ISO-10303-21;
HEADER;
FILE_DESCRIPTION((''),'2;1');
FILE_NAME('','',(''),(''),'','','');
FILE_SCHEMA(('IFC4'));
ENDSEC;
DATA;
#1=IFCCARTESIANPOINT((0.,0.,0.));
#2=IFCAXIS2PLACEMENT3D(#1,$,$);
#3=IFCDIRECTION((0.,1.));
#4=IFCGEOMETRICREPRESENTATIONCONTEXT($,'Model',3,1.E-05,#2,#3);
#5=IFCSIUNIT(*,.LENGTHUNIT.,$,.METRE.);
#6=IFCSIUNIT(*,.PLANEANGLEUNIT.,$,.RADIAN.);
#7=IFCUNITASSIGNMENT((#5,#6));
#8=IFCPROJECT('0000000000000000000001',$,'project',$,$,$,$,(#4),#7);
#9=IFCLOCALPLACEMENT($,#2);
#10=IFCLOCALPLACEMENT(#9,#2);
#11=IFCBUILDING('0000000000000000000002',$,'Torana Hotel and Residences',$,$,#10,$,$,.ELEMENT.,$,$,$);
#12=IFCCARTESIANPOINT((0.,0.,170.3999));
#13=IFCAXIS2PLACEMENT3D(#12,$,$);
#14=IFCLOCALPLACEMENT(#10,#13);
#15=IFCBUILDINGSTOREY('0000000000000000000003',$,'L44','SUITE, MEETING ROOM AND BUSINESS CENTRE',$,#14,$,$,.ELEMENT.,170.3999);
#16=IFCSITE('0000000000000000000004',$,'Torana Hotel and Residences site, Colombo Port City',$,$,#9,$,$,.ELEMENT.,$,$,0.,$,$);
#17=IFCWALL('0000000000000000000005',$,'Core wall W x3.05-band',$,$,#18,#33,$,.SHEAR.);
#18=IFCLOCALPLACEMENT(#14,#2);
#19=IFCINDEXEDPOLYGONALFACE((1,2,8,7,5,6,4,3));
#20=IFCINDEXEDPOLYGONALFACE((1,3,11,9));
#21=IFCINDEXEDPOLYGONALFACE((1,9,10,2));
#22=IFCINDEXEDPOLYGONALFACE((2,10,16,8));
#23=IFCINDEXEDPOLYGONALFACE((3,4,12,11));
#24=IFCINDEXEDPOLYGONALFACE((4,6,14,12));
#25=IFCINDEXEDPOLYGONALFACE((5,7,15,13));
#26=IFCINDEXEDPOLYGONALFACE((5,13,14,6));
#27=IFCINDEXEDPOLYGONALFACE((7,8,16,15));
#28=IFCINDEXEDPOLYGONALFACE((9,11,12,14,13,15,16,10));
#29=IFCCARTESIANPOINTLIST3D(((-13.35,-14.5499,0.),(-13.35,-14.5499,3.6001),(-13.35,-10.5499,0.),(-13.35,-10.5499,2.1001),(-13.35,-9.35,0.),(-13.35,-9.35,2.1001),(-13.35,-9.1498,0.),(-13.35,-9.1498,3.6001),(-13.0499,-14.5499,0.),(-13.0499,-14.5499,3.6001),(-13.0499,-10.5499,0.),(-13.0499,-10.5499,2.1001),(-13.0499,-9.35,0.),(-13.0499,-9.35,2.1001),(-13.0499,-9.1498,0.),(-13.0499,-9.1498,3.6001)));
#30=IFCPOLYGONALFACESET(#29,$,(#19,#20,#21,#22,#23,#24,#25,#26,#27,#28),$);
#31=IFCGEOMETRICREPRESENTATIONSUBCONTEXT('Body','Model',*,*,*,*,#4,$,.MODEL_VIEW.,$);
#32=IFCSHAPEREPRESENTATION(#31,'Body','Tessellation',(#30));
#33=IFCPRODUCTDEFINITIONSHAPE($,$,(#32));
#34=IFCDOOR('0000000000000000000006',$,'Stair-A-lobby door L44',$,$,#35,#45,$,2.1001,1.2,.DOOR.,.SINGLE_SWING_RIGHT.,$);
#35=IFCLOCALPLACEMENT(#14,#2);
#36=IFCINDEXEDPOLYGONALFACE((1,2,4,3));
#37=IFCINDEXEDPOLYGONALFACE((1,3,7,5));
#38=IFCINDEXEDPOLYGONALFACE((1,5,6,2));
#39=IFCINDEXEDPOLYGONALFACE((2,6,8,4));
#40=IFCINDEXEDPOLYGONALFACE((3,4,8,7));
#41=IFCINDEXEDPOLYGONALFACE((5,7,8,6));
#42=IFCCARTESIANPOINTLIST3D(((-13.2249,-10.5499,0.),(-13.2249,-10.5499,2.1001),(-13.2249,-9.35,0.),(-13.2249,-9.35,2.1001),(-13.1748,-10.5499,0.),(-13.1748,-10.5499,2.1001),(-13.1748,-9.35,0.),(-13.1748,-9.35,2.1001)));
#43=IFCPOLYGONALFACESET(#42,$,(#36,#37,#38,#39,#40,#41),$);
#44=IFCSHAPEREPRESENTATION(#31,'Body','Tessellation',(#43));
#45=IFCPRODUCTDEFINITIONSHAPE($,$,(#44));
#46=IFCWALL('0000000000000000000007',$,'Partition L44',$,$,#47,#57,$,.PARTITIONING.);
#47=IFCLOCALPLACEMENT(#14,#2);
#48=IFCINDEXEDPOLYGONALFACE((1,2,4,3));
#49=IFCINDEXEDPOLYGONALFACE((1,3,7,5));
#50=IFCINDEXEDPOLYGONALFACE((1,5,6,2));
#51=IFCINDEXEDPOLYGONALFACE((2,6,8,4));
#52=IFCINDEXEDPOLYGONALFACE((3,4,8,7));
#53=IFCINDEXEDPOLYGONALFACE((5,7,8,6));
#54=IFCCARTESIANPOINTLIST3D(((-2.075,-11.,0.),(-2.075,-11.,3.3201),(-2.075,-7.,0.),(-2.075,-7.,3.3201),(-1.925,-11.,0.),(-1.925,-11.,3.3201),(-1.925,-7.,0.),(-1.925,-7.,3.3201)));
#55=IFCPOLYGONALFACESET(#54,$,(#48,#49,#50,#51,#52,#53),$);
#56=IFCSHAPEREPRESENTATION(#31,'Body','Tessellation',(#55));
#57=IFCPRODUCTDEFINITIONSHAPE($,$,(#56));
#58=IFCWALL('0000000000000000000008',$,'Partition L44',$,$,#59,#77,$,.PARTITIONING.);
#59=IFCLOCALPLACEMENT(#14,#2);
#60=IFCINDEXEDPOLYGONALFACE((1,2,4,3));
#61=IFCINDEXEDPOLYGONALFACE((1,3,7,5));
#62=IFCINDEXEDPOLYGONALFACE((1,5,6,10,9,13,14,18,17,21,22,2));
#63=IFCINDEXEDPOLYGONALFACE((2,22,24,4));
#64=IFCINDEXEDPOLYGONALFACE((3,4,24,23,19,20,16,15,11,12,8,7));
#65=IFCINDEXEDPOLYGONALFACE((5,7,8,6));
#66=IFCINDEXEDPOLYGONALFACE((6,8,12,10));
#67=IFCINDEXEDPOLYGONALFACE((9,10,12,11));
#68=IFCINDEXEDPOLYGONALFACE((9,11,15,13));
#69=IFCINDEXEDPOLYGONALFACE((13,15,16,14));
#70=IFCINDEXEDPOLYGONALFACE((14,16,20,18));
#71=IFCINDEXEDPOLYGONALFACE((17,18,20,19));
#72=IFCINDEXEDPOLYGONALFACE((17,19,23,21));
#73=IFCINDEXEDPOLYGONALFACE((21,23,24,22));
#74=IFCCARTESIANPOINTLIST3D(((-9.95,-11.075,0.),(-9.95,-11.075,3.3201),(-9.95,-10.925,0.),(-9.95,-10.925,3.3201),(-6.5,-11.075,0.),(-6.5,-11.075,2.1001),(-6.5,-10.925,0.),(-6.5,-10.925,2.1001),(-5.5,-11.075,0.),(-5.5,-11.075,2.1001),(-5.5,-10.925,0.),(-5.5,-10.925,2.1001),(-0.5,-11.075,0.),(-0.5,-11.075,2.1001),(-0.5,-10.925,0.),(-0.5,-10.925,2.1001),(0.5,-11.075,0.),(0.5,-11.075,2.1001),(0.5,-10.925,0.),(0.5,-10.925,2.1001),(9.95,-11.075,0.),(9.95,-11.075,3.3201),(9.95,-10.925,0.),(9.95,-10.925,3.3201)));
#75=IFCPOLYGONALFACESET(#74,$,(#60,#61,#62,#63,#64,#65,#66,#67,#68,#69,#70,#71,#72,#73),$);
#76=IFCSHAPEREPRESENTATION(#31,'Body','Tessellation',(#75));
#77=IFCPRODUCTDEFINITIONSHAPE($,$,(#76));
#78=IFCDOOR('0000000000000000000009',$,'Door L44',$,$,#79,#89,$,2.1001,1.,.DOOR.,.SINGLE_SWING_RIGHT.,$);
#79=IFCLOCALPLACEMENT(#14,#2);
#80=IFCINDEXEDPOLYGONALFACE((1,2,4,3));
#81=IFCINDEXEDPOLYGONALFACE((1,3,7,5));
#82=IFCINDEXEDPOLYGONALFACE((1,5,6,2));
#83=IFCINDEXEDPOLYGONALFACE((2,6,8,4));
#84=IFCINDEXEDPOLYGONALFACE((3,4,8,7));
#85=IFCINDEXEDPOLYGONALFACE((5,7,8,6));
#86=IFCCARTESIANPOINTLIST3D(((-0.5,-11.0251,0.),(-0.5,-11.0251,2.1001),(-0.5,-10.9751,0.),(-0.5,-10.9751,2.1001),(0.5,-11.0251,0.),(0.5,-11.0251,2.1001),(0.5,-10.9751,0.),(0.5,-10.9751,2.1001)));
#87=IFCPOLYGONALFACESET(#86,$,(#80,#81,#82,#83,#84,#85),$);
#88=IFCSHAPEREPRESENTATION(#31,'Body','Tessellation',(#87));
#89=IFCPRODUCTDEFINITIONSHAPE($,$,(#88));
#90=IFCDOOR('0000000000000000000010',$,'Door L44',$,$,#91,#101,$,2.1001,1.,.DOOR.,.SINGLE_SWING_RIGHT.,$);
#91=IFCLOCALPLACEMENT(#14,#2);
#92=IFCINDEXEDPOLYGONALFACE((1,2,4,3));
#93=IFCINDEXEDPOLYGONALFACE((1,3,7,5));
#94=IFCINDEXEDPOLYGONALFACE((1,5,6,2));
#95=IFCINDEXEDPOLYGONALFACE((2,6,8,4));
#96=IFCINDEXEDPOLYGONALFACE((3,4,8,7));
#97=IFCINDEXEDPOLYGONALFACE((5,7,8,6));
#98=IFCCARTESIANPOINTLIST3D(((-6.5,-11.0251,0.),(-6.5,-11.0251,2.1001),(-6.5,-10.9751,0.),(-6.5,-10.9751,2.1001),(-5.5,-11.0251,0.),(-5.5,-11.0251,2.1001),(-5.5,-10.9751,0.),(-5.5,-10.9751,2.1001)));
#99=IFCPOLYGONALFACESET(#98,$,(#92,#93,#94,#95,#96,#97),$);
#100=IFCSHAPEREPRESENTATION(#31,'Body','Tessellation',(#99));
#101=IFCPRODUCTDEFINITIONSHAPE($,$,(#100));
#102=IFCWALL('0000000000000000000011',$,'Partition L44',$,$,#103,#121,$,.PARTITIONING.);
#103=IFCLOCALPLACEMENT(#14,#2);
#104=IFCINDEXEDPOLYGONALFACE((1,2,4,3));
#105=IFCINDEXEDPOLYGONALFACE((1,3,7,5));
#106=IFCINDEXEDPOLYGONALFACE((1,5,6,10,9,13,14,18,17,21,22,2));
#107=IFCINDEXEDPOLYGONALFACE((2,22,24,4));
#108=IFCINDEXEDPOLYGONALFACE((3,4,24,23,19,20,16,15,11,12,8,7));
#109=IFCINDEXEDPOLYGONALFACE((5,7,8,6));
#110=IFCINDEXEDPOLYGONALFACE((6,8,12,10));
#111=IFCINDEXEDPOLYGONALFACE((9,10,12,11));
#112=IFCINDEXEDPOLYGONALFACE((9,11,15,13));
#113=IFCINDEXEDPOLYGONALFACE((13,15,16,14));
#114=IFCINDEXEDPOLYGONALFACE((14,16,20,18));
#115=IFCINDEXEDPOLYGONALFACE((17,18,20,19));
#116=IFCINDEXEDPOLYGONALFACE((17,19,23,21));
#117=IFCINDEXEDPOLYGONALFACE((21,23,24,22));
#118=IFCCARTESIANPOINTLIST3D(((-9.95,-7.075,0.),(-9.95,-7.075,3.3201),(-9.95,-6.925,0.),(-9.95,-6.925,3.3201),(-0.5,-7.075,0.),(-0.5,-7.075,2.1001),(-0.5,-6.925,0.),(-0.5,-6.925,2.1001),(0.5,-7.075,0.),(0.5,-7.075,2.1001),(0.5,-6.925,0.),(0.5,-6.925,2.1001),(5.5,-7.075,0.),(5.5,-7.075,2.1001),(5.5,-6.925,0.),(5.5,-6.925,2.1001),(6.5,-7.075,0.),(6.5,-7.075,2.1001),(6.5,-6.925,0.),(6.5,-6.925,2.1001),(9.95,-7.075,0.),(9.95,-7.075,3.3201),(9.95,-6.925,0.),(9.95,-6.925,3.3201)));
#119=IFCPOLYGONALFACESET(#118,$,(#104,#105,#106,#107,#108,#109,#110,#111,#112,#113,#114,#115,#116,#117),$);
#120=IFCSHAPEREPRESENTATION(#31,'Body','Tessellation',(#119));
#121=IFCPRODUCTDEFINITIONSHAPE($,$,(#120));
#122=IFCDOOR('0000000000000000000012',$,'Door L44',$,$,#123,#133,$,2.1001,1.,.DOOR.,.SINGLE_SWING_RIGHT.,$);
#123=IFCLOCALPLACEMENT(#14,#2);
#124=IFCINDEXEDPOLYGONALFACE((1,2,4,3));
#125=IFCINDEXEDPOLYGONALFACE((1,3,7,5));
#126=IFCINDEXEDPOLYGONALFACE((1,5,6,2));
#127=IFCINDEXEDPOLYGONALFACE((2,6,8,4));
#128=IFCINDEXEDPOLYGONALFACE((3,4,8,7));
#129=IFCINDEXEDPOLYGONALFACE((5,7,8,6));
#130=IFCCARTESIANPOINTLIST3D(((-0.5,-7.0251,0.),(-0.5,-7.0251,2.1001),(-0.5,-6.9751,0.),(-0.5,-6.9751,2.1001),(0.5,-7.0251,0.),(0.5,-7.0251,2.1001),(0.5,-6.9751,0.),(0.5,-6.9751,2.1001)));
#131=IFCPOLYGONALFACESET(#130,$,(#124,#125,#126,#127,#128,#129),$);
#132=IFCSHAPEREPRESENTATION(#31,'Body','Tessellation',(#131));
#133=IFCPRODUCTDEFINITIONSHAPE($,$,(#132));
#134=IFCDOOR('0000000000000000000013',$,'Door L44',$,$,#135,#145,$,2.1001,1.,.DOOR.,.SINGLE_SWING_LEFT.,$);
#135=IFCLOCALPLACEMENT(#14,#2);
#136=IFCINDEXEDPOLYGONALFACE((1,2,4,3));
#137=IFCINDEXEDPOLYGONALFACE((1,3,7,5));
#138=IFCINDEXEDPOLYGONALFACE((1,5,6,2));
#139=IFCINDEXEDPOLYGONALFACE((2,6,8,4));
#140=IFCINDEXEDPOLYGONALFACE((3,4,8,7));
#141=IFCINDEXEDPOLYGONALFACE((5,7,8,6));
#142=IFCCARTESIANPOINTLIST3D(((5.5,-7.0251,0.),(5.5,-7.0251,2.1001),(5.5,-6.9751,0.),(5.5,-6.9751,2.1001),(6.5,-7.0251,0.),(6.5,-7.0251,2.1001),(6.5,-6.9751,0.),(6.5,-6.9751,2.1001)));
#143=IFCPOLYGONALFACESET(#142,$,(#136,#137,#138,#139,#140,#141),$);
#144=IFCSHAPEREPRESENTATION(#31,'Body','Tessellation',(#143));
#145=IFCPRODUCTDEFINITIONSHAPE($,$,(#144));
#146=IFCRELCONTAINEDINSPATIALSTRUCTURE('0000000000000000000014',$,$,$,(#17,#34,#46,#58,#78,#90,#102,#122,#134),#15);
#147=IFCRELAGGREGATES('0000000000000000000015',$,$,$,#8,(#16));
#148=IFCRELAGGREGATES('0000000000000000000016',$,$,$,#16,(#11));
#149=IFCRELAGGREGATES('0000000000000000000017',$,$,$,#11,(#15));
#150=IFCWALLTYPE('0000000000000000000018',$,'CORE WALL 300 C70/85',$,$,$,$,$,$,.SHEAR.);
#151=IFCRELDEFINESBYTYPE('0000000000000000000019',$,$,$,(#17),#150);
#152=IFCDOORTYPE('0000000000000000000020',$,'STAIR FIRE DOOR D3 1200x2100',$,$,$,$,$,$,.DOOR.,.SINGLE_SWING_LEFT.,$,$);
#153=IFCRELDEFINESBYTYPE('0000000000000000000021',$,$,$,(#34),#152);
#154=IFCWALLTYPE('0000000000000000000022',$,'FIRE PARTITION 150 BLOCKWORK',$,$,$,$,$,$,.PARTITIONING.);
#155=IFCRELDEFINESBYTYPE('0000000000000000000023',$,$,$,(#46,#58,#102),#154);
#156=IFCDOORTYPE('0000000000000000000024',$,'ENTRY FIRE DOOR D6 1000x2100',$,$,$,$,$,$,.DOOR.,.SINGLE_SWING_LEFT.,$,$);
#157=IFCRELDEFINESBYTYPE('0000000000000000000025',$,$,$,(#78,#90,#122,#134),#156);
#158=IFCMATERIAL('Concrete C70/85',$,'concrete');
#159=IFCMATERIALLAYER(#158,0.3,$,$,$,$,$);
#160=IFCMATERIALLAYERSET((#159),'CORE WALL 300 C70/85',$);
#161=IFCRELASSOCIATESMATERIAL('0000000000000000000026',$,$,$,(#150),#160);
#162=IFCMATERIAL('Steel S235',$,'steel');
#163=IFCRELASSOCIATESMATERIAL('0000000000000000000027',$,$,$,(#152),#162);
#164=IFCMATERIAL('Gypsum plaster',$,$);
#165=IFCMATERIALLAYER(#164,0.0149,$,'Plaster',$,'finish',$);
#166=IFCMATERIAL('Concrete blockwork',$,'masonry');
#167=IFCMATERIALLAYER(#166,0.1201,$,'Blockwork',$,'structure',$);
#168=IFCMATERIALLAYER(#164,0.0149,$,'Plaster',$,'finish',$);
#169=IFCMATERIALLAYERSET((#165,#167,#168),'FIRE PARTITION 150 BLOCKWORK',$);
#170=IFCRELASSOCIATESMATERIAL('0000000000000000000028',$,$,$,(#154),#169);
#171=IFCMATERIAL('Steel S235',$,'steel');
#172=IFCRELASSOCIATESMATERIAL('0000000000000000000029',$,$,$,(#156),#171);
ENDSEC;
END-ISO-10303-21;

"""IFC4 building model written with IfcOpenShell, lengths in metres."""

from ifc_helpers import new_model, si_unit, direction, frame, frame_2d, origin, place, context, subcontext, project, spatial, rectangle, extrude, material, layer, layer_set, type_object, element, fill, save


model = new_model("IFC4")

# Units and contexts
model_context = context("Model", 3, precision=1e-05, world=origin(), true_north=direction((0.0, 1.0)))
body_context = subcontext(model_context, "Body", "Model", "MODEL_VIEW")
ifc_project = project(units=[si_unit("LENGTHUNIT", "METRE"), si_unit("PLANEANGLEUNIT", "RADIAN")], contexts=[model_context])

# Site, building, storey
site_placement = place(None, origin())
site = spatial("IfcSite", under=ifc_project, at=site_placement, Name="Torana Hotel and Residences site, Colombo Port City", CompositionType="ELEMENT", RefElevation=0.0)
building_placement = place(site_placement, origin())
building = spatial("IfcBuilding", under=site, at=building_placement, Name="Torana Hotel and Residences", CompositionType="ELEMENT")
storey_placement = place(building_placement, frame((0.0, 0.0, 170.3999)))
storey = spatial("IfcBuildingStorey", under=building, at=storey_placement, Name="L44", Description="SUITE, MEETING ROOM AND BUSINESS CENTRE", CompositionType="ELEMENT", Elevation=170.3999)

# Shared definitions
ifc_material_1 = material(Name="Concrete C70/85", Category="concrete")
ifc_layer_1 = layer(ifc_material_1, 0.3)
ifc_layer_set_1 = layer_set([ifc_layer_1], Name="CORE WALL 300 C70/85")
wall_type_1 = type_object("IfcWallType", Name="CORE WALL 300 C70/85", PredefinedType="SHEAR", material=ifc_layer_set_1)

# Wall, opening, door
wall_1_placement = place(storey_placement, frame((-13.2, -14.55, 0.0), z_axis=(0.0, 0.0, 1.0), x_axis=(0.0, 1.0, 0.0)))
wall_1 = element("IfcWall", 1, at=wall_1_placement, inside=storey, type_object=wall_type_1, Name="Core wall W x3.05-band", PredefinedType="SHEAR", context=body_context, shape_type="SweptSolid", body=[
    extrude(rectangle(XDim=5.4001, YDim=0.3, at=frame_2d((2.7002, 0.0))), origin(), (0.0, 0.0, 1.0), 3.6001),
])
opening_1_placement = place(wall_1_placement, frame((4.0, 0.0, 0.0)))
opening_1 = element("IfcOpeningElement", 2, at=opening_1_placement, cuts=wall_1, PredefinedType="OPENING", context=body_context, shape_type="SweptSolid", body=[
    extrude(rectangle(XDim=1.2, YDim=2.1001, at=frame_2d((0.6001, 1.05))), frame((0.0, 0.1599, 0.0), z_axis=(0.0, -1.0, 0.0), x_axis=(1.0, 0.0, 0.0)), (0.0, 0.0, 1.0), 0.3201),
])
ifc_material_2 = material(Name="Steel S235", Category="steel")
door_type_1 = type_object("IfcDoorType", Name="STAIR FIRE DOOR D3 1200x2100", OperationType="SINGLE_SWING_LEFT", PredefinedType="DOOR", material=ifc_material_2)
door_1_placement = place(opening_1_placement, frame((0.6001, 0.0, 0.0), z_axis=(0.0, 0.0, 1.0), x_axis=(-1.0, 0.0, 0.0)))
door_1 = element("IfcDoor", 3, at=door_1_placement, inside=storey, type_object=door_type_1, Name="Stair-A-lobby door L44", OperationType="SINGLE_SWING_RIGHT", OverallHeight=2.1001, OverallWidth=1.2, PredefinedType="DOOR", context=body_context, shape_type="SweptSolid", body=[
    extrude(rectangle(XDim=1.2, YDim=2.1001, at=frame_2d((0.0, 1.05))), frame((0.0, -0.0249, 0.0), z_axis=(0.0, 1.0, 0.0), x_axis=(-1.0, 0.0, 0.0)), (0.0, 0.0, 1.0), 0.05),
])
fill(opening_1, door_1)

# Wall
ifc_material_3 = material(Name="Gypsum plaster")
ifc_layer_2 = layer(ifc_material_3, 0.0149, Name="Plaster", Category="finish")
ifc_material_4 = material(Name="Concrete blockwork", Category="masonry")
ifc_layer_3 = layer(ifc_material_4, 0.1201, Name="Blockwork", Category="structure")
ifc_layer_4 = layer(ifc_material_3, 0.0149, Name="Plaster", Category="finish")
ifc_layer_set_2 = layer_set([ifc_layer_2, ifc_layer_3, ifc_layer_4], Name="FIRE PARTITION 150 BLOCKWORK")
wall_type_2 = type_object("IfcWallType", Name="FIRE PARTITION 150 BLOCKWORK", PredefinedType="PARTITIONING", material=ifc_layer_set_2)
wall_2_placement = place(storey_placement, frame((-2.0, -11.0, 0.0), z_axis=(0.0, 0.0, 1.0), x_axis=(0.0, 1.0, 0.0)))
element("IfcWall", 4, at=wall_2_placement, inside=storey, type_object=wall_type_2, Name="Partition L44", PredefinedType="PARTITIONING", context=body_context, shape_type="SweptSolid", body=[
    extrude(rectangle(XDim=4.0, YDim=0.1499, at=frame_2d((2.0, 0.0))), origin(), (0.0, 0.0, 1.0), 3.3201),
])

# Walls, openings, doors
wall_3_placement = place(storey_placement, frame((-9.95, -11.0, 0.0), z_axis=(0.0, 0.0, 1.0), x_axis=(1.0, 0.0, 0.0)))
wall_3 = element("IfcWall", 5, at=wall_3_placement, inside=storey, type_object=wall_type_2, Name="Partition L44", PredefinedType="PARTITIONING", context=body_context, shape_type="SweptSolid", body=[
    extrude(rectangle(XDim=19.8999, YDim=0.1499, at=frame_2d((9.95, 0.0))), origin(), (0.0, 0.0, 1.0), 3.3201),
])
opening_2_placement = place(wall_3_placement, frame((9.45, 0.0, 0.0)))
opening_2 = element("IfcOpeningElement", 6, at=opening_2_placement, cuts=wall_3, PredefinedType="OPENING", context=body_context, shape_type="SweptSolid", body=[
    extrude(rectangle(XDim=1.0, YDim=2.1001, at=frame_2d((0.5, 1.05))), frame((0.0, 0.085, 0.0), z_axis=(0.0, -1.0, 0.0), x_axis=(1.0, 0.0, 0.0)), (0.0, 0.0, 1.0), 0.1699),
])
opening_3_placement = place(wall_3_placement, frame((3.45, 0.0, 0.0)))
opening_3 = element("IfcOpeningElement", 7, at=opening_3_placement, cuts=wall_3, PredefinedType="OPENING", context=body_context, shape_type="SweptSolid", body=[
    extrude(rectangle(XDim=1.0, YDim=2.1001, at=frame_2d((0.5, 1.05))), frame((0.0, 0.085, 0.0), z_axis=(0.0, -1.0, 0.0), x_axis=(1.0, 0.0, 0.0)), (0.0, 0.0, 1.0), 0.1699),
])
ifc_material_5 = material(Name="Steel S235", Category="steel")
door_type_2 = type_object("IfcDoorType", Name="ENTRY FIRE DOOR D6 1000x2100", OperationType="SINGLE_SWING_LEFT", PredefinedType="DOOR", material=ifc_material_5)
door_2_placement = place(opening_2_placement, origin())
door_2 = element("IfcDoor", 8, at=door_2_placement, inside=storey, type_object=door_type_2, Name="Door L44", OperationType="SINGLE_SWING_RIGHT", OverallHeight=2.1001, OverallWidth=1.0, PredefinedType="DOOR", context=body_context, shape_type="SweptSolid", body=[
    extrude(rectangle(XDim=1.0, YDim=2.1001, at=frame_2d((0.5, 1.05))), frame((0.0, 0.0249, 0.0), z_axis=(0.0, -1.0, 0.0), x_axis=(1.0, 0.0, 0.0)), (0.0, 0.0, 1.0), 0.05),
])
fill(opening_2, door_2)
door_3_placement = place(opening_3_placement, origin())
door_3 = element("IfcDoor", 9, at=door_3_placement, inside=storey, type_object=door_type_2, Name="Door L44", OperationType="SINGLE_SWING_RIGHT", OverallHeight=2.1001, OverallWidth=1.0, PredefinedType="DOOR", context=body_context, shape_type="SweptSolid", body=[
    extrude(rectangle(XDim=1.0, YDim=2.1001, at=frame_2d((0.5, 1.05))), frame((0.0, 0.0249, 0.0), z_axis=(0.0, -1.0, 0.0), x_axis=(1.0, 0.0, 0.0)), (0.0, 0.0, 1.0), 0.05),
])
fill(opening_3, door_3)
wall_4_placement = place(storey_placement, frame((-9.95, -7.0, 0.0), z_axis=(0.0, 0.0, 1.0), x_axis=(1.0, 0.0, 0.0)))
wall_4 = element("IfcWall", 10, at=wall_4_placement, inside=storey, type_object=wall_type_2, Name="Partition L44", PredefinedType="PARTITIONING", context=body_context, shape_type="SweptSolid", body=[
    extrude(rectangle(XDim=19.8999, YDim=0.1499, at=frame_2d((9.95, 0.0))), origin(), (0.0, 0.0, 1.0), 3.3201),
])
opening_4_placement = place(wall_4_placement, frame((9.45, 0.0, 0.0)))
opening_4 = element("IfcOpeningElement", 11, at=opening_4_placement, cuts=wall_4, PredefinedType="OPENING", context=body_context, shape_type="SweptSolid", body=[
    extrude(rectangle(XDim=1.0, YDim=2.1001, at=frame_2d((0.5, 1.05))), frame((0.0, 0.085, 0.0), z_axis=(0.0, -1.0, 0.0), x_axis=(1.0, 0.0, 0.0)), (0.0, 0.0, 1.0), 0.1699),
])
opening_5_placement = place(wall_4_placement, frame((15.45, 0.0, 0.0)))
opening_5 = element("IfcOpeningElement", 12, at=opening_5_placement, cuts=wall_4, PredefinedType="OPENING", context=body_context, shape_type="SweptSolid", body=[
    extrude(rectangle(XDim=1.0, YDim=2.1001, at=frame_2d((0.5, 1.05))), frame((0.0, 0.085, 0.0), z_axis=(0.0, -1.0, 0.0), x_axis=(1.0, 0.0, 0.0)), (0.0, 0.0, 1.0), 0.1699),
])
door_4_placement = place(opening_4_placement, origin())
door_4 = element("IfcDoor", 13, at=door_4_placement, inside=storey, type_object=door_type_2, Name="Door L44", OperationType="SINGLE_SWING_RIGHT", OverallHeight=2.1001, OverallWidth=1.0, PredefinedType="DOOR", context=body_context, shape_type="SweptSolid", body=[
    extrude(rectangle(XDim=1.0, YDim=2.1001, at=frame_2d((0.5, 1.05))), frame((0.0, 0.0249, 0.0), z_axis=(0.0, -1.0, 0.0), x_axis=(1.0, 0.0, 0.0)), (0.0, 0.0, 1.0), 0.05),
])
fill(opening_4, door_4)
door_5_placement = place(opening_5_placement, frame((0.5, 0.0, 0.0), z_axis=(0.0, 0.0, 1.0), x_axis=(-1.0, 0.0, 0.0)))
door_5 = element("IfcDoor", 14, at=door_5_placement, inside=storey, type_object=door_type_2, Name="Door L44", OperationType="SINGLE_SWING_LEFT", OverallHeight=2.1001, OverallWidth=1.0, PredefinedType="DOOR", context=body_context, shape_type="SweptSolid", body=[
    extrude(rectangle(XDim=1.0, YDim=2.1001, at=frame_2d((0.0, 1.05))), frame((0.0, -0.0249, 0.0), z_axis=(0.0, 1.0, 0.0), x_axis=(-1.0, 0.0, 0.0)), (0.0, 0.0, 1.0), 0.05),
])
fill(opening_5, door_5)

save(model, "model.ifc")
